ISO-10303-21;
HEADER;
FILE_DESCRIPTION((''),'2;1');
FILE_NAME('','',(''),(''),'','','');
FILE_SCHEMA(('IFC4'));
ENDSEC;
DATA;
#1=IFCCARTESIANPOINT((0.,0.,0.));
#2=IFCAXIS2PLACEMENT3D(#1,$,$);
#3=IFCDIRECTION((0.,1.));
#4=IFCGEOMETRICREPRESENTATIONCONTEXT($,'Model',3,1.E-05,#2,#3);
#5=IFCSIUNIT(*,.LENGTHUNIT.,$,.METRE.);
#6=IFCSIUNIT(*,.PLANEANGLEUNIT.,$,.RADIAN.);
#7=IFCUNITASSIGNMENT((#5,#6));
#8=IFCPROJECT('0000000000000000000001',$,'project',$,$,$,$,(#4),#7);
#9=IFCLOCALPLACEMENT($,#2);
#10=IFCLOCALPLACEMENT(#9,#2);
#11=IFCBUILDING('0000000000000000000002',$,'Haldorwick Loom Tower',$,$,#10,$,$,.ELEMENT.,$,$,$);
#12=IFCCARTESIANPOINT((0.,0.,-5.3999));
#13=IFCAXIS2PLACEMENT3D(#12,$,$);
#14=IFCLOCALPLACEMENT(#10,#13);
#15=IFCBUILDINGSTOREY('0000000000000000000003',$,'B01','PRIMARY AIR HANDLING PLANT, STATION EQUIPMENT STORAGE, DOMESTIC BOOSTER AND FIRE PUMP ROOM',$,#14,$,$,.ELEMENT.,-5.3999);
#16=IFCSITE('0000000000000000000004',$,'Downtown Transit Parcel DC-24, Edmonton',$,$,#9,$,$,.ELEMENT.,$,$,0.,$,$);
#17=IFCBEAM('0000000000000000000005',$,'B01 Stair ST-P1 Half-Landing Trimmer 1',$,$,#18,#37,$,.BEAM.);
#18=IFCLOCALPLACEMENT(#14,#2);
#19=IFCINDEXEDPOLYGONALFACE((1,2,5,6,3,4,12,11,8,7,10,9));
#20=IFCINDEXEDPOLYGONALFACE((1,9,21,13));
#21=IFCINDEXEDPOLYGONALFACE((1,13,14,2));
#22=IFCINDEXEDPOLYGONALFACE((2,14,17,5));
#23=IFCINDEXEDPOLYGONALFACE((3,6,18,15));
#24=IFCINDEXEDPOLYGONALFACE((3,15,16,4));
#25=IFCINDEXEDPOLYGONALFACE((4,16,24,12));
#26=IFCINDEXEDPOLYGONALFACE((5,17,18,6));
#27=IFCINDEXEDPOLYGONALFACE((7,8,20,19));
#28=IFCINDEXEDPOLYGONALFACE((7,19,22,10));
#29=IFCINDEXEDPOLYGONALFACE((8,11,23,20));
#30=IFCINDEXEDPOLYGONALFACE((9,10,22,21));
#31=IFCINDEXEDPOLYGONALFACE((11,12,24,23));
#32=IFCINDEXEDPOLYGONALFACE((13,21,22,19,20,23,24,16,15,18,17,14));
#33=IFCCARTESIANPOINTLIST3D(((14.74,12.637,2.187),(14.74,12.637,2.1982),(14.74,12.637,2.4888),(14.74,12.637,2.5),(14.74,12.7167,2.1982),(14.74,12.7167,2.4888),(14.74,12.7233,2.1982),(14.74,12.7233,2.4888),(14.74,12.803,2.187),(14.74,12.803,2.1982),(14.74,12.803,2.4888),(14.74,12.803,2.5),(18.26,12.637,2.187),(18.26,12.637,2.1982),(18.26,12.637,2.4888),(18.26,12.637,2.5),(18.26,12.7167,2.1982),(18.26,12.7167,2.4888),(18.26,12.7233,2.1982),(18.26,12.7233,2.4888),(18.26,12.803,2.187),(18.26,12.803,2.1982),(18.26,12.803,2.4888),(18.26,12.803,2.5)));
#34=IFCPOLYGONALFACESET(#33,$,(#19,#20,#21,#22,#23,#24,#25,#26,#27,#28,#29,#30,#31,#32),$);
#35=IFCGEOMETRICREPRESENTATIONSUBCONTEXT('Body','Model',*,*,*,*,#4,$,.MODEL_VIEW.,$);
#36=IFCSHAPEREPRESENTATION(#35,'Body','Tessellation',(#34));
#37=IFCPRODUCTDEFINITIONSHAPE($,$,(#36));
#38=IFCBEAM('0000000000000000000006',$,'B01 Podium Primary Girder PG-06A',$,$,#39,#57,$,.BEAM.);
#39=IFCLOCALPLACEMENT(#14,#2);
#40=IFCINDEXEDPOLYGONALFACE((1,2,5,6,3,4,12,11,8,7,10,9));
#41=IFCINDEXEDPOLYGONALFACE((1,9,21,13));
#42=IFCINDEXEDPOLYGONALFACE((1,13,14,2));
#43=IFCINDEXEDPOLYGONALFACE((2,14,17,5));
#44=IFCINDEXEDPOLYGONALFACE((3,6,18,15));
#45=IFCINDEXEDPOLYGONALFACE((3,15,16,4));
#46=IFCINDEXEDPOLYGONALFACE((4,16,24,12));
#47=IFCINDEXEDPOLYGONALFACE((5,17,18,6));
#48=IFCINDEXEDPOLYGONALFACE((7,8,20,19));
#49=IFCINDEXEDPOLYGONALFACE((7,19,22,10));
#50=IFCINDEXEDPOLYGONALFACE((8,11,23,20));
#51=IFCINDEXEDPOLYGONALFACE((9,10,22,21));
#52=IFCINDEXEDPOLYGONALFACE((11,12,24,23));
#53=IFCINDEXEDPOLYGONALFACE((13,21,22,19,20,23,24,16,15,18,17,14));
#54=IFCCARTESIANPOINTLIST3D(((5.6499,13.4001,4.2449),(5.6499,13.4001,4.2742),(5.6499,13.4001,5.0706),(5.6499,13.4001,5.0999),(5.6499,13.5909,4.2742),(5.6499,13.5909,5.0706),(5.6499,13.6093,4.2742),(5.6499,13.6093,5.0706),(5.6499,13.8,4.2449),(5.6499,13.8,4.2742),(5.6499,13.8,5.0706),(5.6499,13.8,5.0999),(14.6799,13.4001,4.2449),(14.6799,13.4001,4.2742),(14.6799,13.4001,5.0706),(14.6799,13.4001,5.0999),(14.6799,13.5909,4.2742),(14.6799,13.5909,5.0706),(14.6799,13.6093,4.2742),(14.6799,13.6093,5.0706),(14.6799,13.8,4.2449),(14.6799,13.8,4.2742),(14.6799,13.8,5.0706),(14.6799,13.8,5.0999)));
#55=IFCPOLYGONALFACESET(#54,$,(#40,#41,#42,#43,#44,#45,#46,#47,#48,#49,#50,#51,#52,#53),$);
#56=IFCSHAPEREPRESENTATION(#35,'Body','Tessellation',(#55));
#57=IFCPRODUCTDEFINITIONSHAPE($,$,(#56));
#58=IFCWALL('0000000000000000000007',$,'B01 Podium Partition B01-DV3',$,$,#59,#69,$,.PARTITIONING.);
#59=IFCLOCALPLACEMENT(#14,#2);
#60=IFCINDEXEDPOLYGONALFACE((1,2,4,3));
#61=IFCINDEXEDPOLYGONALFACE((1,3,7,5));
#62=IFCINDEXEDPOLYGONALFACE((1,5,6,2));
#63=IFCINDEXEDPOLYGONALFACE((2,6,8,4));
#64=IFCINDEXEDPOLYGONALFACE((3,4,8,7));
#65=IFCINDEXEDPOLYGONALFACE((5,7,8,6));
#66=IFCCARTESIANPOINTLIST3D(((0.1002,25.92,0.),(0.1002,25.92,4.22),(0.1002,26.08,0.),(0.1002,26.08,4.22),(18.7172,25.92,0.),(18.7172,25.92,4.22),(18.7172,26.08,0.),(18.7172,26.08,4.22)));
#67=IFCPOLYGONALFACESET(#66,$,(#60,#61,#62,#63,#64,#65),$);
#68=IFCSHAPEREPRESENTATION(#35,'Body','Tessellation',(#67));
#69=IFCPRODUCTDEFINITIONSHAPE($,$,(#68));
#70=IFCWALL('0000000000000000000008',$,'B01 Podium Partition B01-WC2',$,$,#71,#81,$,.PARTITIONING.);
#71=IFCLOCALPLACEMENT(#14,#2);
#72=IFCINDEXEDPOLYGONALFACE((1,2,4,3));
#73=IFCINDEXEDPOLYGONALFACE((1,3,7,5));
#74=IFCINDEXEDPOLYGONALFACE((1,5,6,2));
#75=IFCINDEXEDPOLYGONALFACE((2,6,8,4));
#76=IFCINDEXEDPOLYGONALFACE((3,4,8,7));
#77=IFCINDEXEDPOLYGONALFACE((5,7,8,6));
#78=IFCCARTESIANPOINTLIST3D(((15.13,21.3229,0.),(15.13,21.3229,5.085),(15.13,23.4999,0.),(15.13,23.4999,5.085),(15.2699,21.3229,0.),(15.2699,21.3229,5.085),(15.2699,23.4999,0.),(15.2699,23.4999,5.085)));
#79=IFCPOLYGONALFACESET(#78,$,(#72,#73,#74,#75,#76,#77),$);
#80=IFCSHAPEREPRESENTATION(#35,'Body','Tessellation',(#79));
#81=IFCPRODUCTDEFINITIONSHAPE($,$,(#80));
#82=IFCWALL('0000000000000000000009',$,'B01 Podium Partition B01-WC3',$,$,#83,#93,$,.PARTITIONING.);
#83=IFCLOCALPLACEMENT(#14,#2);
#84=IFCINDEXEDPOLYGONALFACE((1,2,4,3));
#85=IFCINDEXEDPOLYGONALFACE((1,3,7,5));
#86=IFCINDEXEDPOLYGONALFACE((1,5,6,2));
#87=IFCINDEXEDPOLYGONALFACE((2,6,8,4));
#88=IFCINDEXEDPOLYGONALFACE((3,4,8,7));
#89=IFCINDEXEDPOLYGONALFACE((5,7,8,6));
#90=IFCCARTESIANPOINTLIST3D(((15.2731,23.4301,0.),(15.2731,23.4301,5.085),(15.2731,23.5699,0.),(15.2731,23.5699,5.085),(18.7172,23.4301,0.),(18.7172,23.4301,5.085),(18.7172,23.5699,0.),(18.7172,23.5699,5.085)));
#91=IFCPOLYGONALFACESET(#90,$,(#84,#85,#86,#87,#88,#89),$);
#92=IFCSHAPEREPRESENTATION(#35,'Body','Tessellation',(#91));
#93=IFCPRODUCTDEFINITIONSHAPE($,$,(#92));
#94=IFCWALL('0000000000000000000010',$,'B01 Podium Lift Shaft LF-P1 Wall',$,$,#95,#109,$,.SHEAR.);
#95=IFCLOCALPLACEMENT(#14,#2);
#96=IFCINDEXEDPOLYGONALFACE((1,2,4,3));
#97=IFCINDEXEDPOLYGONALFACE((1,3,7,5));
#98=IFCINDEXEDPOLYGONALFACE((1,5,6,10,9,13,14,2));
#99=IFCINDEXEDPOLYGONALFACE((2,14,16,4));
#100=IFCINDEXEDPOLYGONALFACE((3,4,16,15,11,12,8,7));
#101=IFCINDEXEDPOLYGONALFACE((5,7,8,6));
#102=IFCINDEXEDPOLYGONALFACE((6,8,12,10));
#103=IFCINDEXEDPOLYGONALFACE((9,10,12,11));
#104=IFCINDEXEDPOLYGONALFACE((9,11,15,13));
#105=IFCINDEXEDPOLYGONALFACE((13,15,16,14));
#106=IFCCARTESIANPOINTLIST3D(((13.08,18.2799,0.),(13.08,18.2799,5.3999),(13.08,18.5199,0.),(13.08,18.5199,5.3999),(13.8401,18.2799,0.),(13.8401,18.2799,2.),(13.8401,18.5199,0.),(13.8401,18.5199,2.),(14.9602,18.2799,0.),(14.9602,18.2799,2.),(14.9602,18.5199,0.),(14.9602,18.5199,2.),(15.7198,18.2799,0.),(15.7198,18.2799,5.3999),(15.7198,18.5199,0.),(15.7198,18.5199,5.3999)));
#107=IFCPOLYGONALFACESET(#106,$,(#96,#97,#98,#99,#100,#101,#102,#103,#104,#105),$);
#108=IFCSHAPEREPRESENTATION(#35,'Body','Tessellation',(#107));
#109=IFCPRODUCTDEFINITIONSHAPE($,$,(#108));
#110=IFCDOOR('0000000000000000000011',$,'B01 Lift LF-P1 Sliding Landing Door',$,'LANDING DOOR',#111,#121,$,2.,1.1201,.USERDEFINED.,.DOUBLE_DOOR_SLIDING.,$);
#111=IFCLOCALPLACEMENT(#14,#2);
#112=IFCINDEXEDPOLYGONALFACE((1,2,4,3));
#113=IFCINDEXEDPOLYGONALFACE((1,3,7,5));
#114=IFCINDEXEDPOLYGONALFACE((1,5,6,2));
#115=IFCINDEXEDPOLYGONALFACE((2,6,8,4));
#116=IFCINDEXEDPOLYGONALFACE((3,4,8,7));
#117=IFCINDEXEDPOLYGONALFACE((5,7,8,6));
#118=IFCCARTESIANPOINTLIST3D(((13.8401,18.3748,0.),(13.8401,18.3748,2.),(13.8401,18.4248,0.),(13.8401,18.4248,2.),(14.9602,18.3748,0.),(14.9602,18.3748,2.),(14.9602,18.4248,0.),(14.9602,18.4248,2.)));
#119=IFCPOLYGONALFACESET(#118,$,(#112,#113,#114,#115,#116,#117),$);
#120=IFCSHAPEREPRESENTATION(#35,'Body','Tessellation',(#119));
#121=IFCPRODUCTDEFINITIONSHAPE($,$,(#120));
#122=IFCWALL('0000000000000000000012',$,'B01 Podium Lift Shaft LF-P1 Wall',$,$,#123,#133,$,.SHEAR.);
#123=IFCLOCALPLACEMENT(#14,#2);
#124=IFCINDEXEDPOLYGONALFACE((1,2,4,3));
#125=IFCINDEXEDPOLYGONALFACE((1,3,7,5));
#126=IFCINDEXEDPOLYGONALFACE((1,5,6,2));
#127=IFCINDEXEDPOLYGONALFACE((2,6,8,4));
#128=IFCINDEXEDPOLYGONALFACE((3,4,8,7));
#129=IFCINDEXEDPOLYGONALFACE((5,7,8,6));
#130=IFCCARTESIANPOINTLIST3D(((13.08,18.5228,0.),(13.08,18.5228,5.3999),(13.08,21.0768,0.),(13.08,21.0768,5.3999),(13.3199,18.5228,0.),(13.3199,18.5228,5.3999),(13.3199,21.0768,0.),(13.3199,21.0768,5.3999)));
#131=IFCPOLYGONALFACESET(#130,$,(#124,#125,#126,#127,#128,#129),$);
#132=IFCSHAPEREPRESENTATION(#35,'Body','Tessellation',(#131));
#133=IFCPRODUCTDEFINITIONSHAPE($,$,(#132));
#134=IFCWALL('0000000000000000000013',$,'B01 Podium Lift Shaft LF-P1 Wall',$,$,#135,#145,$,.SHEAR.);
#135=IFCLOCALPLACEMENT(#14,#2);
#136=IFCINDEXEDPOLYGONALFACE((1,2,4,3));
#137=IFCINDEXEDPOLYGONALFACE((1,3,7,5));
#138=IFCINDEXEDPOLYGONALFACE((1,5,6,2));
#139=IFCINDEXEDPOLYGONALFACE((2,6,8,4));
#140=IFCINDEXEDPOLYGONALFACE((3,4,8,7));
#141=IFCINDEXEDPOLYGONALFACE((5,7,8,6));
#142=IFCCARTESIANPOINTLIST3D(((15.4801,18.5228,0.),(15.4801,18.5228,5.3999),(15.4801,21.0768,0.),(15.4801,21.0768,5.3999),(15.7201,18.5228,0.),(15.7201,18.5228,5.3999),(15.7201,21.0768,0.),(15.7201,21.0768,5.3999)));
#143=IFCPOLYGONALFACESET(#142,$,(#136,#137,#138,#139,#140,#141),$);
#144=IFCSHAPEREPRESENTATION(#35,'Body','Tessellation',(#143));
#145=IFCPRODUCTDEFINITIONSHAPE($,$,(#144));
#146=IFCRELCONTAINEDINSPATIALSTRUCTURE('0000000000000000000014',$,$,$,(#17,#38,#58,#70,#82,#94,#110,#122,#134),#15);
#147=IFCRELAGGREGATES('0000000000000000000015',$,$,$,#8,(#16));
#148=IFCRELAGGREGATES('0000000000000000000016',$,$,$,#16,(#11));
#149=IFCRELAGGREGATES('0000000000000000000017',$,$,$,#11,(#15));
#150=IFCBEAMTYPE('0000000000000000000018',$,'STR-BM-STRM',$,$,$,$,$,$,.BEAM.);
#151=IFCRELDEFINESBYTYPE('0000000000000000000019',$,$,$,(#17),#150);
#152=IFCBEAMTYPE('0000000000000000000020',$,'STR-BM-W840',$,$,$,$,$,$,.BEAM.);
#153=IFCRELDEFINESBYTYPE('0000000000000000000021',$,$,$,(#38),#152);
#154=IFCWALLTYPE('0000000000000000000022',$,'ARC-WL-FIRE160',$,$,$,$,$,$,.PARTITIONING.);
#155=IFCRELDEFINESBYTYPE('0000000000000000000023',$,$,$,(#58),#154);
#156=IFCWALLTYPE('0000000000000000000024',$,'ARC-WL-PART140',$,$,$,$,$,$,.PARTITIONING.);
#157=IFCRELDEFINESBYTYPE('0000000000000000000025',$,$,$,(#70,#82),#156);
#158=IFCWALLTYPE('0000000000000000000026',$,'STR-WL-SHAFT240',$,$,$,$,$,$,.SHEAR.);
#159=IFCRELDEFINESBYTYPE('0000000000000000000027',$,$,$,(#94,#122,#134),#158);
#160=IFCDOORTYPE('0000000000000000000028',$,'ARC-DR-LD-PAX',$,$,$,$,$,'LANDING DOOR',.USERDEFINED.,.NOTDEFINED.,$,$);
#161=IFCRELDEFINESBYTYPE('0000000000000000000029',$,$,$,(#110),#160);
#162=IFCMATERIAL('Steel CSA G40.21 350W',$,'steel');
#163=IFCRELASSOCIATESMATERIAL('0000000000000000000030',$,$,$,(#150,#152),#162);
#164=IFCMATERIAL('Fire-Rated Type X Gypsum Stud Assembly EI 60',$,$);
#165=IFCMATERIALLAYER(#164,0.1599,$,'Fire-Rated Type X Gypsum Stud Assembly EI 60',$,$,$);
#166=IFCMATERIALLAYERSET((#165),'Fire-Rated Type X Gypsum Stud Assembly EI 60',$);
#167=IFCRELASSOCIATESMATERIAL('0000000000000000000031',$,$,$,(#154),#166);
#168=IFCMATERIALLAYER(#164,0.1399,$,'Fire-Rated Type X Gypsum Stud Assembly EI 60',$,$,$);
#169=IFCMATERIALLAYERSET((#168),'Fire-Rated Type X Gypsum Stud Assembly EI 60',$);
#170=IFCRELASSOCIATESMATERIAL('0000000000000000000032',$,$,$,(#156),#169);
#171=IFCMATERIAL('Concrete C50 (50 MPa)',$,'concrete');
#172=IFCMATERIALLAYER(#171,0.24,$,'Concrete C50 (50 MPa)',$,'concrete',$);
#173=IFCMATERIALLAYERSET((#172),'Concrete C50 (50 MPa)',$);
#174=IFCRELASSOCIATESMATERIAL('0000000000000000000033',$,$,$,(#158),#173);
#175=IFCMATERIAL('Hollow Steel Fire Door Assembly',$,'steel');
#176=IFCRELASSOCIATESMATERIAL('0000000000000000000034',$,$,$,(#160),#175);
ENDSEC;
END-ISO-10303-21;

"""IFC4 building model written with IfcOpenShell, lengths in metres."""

from ifc_helpers import new_model, si_unit, direction, frame, frame_2d, origin, origin_2d, place, context, subcontext, project, spatial, rectangle, i_section, extrude, material, layer, layer_set, material_profile, profile_set, type_object, element, fill, save


model = new_model("IFC4")

# Units and contexts
model_context = context("Model", 3, precision=1e-05, world=origin(), true_north=direction((0.0, 1.0)))
body_context = subcontext(model_context, "Body", "Model", "MODEL_VIEW")
ifc_project = project(units=[si_unit("LENGTHUNIT", "METRE"), si_unit("PLANEANGLEUNIT", "RADIAN")], contexts=[model_context])

# Site, building, storey
site_placement = place(None, origin())
site = spatial("IfcSite", under=ifc_project, at=site_placement, Name="Downtown Transit Parcel DC-24, Edmonton", CompositionType="ELEMENT", RefElevation=0.0)
building_placement = place(site_placement, origin())
building = spatial("IfcBuilding", under=site, at=building_placement, Name="Haldorwick Loom Tower", CompositionType="ELEMENT")
storey_placement = place(building_placement, frame((0.0, 0.0, -5.3999)))
storey = spatial("IfcBuildingStorey", under=building, at=storey_placement, Name="B01", Description="PRIMARY AIR HANDLING PLANT, STATION EQUIPMENT STORAGE, DOMESTIC BOOSTER AND FIRE PUMP ROOM", CompositionType="ELEMENT", Elevation=-5.3999)

# Shared definitions
ifc_material_1 = material(Name="Concrete C50 (50 MPa)", Category="concrete")

# Beams
ifc_material_2 = material(Name="Steel CSA G40.21 350W", Category="steel")
ifc_material_profile_1 = material_profile(ifc_material_2, i_section(OverallWidth=0.166, OverallDepth=0.313, WebThickness=0.0066, FlangeThickness=0.0112, at=origin_2d()), Name="W310X45", Category="steel")
ifc_profile_set_1 = profile_set([ifc_material_profile_1], Name="Steel CSA G40.21 350W")
beam_type_1 = type_object("IfcBeamType", Name="STR-BM-STRM", PredefinedType="BEAM", material=ifc_profile_set_1)
beam_1_placement = place(storey_placement, frame((14.74, 12.72, 2.3435), z_axis=(1.0, 0.0, 0.0), x_axis=(0.0, 1.0, 0.0)))
element("IfcBeam", 1, at=beam_1_placement, inside=storey, type_object=beam_type_1, Name="B01 Stair ST-P1 Half-Landing Trimmer 1", PredefinedType="BEAM", context=body_context, shape_type="SweptSolid", body=[
    extrude(i_section(OverallWidth=0.166, OverallDepth=0.313, WebThickness=0.0066, FlangeThickness=0.0112, at=origin_2d()), origin(), (0.0, 0.0, 1.0), 3.52),
])
ifc_material_profile_2 = material_profile(ifc_material_2, i_section(OverallWidth=0.3999, OverallDepth=0.855, WebThickness=0.0183, FlangeThickness=0.0293, at=origin_2d()), Name="W840X299", Category="steel")
ifc_profile_set_2 = profile_set([ifc_material_profile_2], Name="Steel CSA G40.21 350W")
beam_type_2 = type_object("IfcBeamType", Name="STR-BM-W840", PredefinedType="BEAM", material=ifc_profile_set_2)
beam_2_placement = place(storey_placement, frame((5.6499, 13.6001, 4.6724), z_axis=(1.0, 0.0, 0.0), x_axis=(0.0, 1.0, 0.0)))
element("IfcBeam", 2, at=beam_2_placement, inside=storey, type_object=beam_type_2, Name="B01 Podium Primary Girder PG-06A", PredefinedType="BEAM", context=body_context, shape_type="SweptSolid", body=[
    extrude(i_section(OverallWidth=0.3999, OverallDepth=0.855, WebThickness=0.0183, FlangeThickness=0.0293, at=origin_2d()), origin(), (0.0, 0.0, 1.0), 9.03),
])

# Walls
ifc_material_3 = material(Name="Fire-Rated Type X Gypsum Stud Assembly EI 60")
ifc_layer_1 = layer(ifc_material_3, 0.1599, Name="Fire-Rated Type X Gypsum Stud Assembly EI 60")
ifc_layer_set_1 = layer_set([ifc_layer_1], Name="Fire-Rated Type X Gypsum Stud Assembly EI 60")
wall_type_1 = type_object("IfcWallType", Name="ARC-WL-FIRE160", PredefinedType="PARTITIONING", material=ifc_layer_set_1)
wall_1_placement = place(storey_placement, frame((0.1001, 26.0, 0.0), z_axis=(0.0, 0.0, 1.0), x_axis=(1.0, 0.0, 0.0)))
element("IfcWall", 3, at=wall_1_placement, inside=storey, type_object=wall_type_1, Name="B01 Podium Partition B01-DV3", PredefinedType="PARTITIONING", context=body_context, shape_type="SweptSolid", body=[
    extrude(rectangle(XDim=18.6169, YDim=0.1599, at=frame_2d((9.3086, 0.0))), origin(), (0.0, 0.0, 1.0), 4.22),
])
ifc_layer_2 = layer(ifc_material_3, 0.1399, Name="Fire-Rated Type X Gypsum Stud Assembly EI 60")
ifc_layer_set_2 = layer_set([ifc_layer_2], Name="Fire-Rated Type X Gypsum Stud Assembly EI 60")
wall_type_2 = type_object("IfcWallType", Name="ARC-WL-PART140", PredefinedType="PARTITIONING", material=ifc_layer_set_2)
wall_2_placement = place(storey_placement, frame((15.2, 21.323, 0.0), z_axis=(0.0, 0.0, 1.0), x_axis=(0.0, 1.0, 0.0)))
element("IfcWall", 4, at=wall_2_placement, inside=storey, type_object=wall_type_2, Name="B01 Podium Partition B01-WC2", PredefinedType="PARTITIONING", context=body_context, shape_type="SweptSolid", body=[
    extrude(rectangle(XDim=2.177, YDim=0.1399, at=frame_2d((1.0884, 0.0))), origin(), (0.0, 0.0, 1.0), 5.085),
])
wall_3_placement = place(storey_placement, frame((15.2729, 23.5, 0.0), z_axis=(0.0, 0.0, 1.0), x_axis=(1.0, 0.0, 0.0)))
element("IfcWall", 5, at=wall_3_placement, inside=storey, type_object=wall_type_2, Name="B01 Podium Partition B01-WC3", PredefinedType="PARTITIONING", context=body_context, shape_type="SweptSolid", body=[
    extrude(rectangle(XDim=3.4441, YDim=0.1399, at=frame_2d((1.7222, 0.0))), origin(), (0.0, 0.0, 1.0), 5.085),
])

# Wall, opening, door
ifc_layer_3 = layer(ifc_material_1, 0.24, Name="Concrete C50 (50 MPa)", Category="concrete")
ifc_layer_set_3 = layer_set([ifc_layer_3], Name="Concrete C50 (50 MPa)")
wall_type_3 = type_object("IfcWallType", Name="STR-WL-SHAFT240", PredefinedType="SHEAR", material=ifc_layer_set_3)
wall_4_placement = place(storey_placement, frame((13.0801, 18.3999, 0.0), z_axis=(0.0, 0.0, 1.0), x_axis=(1.0, 0.0, 0.0)))
wall_4 = element("IfcWall", 6, at=wall_4_placement, inside=storey, type_object=wall_type_3, Name="B01 Podium Lift Shaft LF-P1 Wall", PredefinedType="SHEAR", context=body_context, shape_type="SweptSolid", body=[
    extrude(rectangle(XDim=2.6399, YDim=0.24, at=frame_2d((1.3198, 0.0))), origin(), (0.0, 0.0, 1.0), 5.3999),
])
opening_placement = place(wall_4_placement, frame((0.76, 0.0, 0.0)))
opening = element("IfcOpeningElement", 7, at=opening_placement, cuts=wall_4, PredefinedType="OPENING", context=body_context, shape_type="SweptSolid", body=[
    extrude(rectangle(XDim=1.1201, YDim=2.0, at=frame_2d((0.5601, 1.0))), frame((0.0, 0.1299, 0.0), z_axis=(0.0, -1.0, 0.0), x_axis=(1.0, 0.0, 0.0)), (0.0, 0.0, 1.0), 0.26),
])
ifc_material_4 = material(Name="Hollow Steel Fire Door Assembly", Category="steel")
door_type = type_object("IfcDoorType", Name="ARC-DR-LD-PAX", ElementType="LANDING DOOR", OperationType="NOTDEFINED", PredefinedType="USERDEFINED", material=ifc_material_4)
door_placement = place(opening_placement, origin())
door = element("IfcDoor", 8, at=door_placement, inside=storey, type_object=door_type, Name="B01 Lift LF-P1 Sliding Landing Door", ObjectType="LANDING DOOR", OperationType="DOUBLE_DOOR_SLIDING", OverallHeight=2.0, OverallWidth=1.1201, PredefinedType="USERDEFINED", context=body_context, shape_type="SweptSolid", body=[
    extrude(rectangle(XDim=1.1201, YDim=2.0, at=frame_2d((0.5601, 1.0))), frame((0.0, 0.0249, 0.0), z_axis=(0.0, -1.0, 0.0), x_axis=(1.0, 0.0, 0.0)), (0.0, 0.0, 1.0), 0.05),
])
fill(opening, door)

# Walls
for number, where, z_axis, x_axis, name in (
    (9, (13.2, 18.5229, 0.0), (0.0, 0.0, 1.0), (0.0, 1.0, 0.0), "B01 Podium Lift Shaft LF-P1 Wall"),
    (10, (15.6001, 18.5229, 0.0), (0.0, 0.0, 1.0), (0.0, 1.0, 0.0), "B01 Podium Lift Shaft LF-P1 Wall"),
):
    element("IfcWall", number, at=place(storey_placement, frame(where, z_axis=z_axis, x_axis=x_axis)), inside=storey, type_object=wall_type_3, Name=name, PredefinedType="SHEAR", context=body_context, shape_type="SweptSolid", body=[
        extrude(rectangle(XDim=2.554, YDim=0.24, at=frame_2d((1.2769, 0.0))), origin(), (0.0, 0.0, 1.0), 5.3999),
    ])

save(model, "model.ifc")
